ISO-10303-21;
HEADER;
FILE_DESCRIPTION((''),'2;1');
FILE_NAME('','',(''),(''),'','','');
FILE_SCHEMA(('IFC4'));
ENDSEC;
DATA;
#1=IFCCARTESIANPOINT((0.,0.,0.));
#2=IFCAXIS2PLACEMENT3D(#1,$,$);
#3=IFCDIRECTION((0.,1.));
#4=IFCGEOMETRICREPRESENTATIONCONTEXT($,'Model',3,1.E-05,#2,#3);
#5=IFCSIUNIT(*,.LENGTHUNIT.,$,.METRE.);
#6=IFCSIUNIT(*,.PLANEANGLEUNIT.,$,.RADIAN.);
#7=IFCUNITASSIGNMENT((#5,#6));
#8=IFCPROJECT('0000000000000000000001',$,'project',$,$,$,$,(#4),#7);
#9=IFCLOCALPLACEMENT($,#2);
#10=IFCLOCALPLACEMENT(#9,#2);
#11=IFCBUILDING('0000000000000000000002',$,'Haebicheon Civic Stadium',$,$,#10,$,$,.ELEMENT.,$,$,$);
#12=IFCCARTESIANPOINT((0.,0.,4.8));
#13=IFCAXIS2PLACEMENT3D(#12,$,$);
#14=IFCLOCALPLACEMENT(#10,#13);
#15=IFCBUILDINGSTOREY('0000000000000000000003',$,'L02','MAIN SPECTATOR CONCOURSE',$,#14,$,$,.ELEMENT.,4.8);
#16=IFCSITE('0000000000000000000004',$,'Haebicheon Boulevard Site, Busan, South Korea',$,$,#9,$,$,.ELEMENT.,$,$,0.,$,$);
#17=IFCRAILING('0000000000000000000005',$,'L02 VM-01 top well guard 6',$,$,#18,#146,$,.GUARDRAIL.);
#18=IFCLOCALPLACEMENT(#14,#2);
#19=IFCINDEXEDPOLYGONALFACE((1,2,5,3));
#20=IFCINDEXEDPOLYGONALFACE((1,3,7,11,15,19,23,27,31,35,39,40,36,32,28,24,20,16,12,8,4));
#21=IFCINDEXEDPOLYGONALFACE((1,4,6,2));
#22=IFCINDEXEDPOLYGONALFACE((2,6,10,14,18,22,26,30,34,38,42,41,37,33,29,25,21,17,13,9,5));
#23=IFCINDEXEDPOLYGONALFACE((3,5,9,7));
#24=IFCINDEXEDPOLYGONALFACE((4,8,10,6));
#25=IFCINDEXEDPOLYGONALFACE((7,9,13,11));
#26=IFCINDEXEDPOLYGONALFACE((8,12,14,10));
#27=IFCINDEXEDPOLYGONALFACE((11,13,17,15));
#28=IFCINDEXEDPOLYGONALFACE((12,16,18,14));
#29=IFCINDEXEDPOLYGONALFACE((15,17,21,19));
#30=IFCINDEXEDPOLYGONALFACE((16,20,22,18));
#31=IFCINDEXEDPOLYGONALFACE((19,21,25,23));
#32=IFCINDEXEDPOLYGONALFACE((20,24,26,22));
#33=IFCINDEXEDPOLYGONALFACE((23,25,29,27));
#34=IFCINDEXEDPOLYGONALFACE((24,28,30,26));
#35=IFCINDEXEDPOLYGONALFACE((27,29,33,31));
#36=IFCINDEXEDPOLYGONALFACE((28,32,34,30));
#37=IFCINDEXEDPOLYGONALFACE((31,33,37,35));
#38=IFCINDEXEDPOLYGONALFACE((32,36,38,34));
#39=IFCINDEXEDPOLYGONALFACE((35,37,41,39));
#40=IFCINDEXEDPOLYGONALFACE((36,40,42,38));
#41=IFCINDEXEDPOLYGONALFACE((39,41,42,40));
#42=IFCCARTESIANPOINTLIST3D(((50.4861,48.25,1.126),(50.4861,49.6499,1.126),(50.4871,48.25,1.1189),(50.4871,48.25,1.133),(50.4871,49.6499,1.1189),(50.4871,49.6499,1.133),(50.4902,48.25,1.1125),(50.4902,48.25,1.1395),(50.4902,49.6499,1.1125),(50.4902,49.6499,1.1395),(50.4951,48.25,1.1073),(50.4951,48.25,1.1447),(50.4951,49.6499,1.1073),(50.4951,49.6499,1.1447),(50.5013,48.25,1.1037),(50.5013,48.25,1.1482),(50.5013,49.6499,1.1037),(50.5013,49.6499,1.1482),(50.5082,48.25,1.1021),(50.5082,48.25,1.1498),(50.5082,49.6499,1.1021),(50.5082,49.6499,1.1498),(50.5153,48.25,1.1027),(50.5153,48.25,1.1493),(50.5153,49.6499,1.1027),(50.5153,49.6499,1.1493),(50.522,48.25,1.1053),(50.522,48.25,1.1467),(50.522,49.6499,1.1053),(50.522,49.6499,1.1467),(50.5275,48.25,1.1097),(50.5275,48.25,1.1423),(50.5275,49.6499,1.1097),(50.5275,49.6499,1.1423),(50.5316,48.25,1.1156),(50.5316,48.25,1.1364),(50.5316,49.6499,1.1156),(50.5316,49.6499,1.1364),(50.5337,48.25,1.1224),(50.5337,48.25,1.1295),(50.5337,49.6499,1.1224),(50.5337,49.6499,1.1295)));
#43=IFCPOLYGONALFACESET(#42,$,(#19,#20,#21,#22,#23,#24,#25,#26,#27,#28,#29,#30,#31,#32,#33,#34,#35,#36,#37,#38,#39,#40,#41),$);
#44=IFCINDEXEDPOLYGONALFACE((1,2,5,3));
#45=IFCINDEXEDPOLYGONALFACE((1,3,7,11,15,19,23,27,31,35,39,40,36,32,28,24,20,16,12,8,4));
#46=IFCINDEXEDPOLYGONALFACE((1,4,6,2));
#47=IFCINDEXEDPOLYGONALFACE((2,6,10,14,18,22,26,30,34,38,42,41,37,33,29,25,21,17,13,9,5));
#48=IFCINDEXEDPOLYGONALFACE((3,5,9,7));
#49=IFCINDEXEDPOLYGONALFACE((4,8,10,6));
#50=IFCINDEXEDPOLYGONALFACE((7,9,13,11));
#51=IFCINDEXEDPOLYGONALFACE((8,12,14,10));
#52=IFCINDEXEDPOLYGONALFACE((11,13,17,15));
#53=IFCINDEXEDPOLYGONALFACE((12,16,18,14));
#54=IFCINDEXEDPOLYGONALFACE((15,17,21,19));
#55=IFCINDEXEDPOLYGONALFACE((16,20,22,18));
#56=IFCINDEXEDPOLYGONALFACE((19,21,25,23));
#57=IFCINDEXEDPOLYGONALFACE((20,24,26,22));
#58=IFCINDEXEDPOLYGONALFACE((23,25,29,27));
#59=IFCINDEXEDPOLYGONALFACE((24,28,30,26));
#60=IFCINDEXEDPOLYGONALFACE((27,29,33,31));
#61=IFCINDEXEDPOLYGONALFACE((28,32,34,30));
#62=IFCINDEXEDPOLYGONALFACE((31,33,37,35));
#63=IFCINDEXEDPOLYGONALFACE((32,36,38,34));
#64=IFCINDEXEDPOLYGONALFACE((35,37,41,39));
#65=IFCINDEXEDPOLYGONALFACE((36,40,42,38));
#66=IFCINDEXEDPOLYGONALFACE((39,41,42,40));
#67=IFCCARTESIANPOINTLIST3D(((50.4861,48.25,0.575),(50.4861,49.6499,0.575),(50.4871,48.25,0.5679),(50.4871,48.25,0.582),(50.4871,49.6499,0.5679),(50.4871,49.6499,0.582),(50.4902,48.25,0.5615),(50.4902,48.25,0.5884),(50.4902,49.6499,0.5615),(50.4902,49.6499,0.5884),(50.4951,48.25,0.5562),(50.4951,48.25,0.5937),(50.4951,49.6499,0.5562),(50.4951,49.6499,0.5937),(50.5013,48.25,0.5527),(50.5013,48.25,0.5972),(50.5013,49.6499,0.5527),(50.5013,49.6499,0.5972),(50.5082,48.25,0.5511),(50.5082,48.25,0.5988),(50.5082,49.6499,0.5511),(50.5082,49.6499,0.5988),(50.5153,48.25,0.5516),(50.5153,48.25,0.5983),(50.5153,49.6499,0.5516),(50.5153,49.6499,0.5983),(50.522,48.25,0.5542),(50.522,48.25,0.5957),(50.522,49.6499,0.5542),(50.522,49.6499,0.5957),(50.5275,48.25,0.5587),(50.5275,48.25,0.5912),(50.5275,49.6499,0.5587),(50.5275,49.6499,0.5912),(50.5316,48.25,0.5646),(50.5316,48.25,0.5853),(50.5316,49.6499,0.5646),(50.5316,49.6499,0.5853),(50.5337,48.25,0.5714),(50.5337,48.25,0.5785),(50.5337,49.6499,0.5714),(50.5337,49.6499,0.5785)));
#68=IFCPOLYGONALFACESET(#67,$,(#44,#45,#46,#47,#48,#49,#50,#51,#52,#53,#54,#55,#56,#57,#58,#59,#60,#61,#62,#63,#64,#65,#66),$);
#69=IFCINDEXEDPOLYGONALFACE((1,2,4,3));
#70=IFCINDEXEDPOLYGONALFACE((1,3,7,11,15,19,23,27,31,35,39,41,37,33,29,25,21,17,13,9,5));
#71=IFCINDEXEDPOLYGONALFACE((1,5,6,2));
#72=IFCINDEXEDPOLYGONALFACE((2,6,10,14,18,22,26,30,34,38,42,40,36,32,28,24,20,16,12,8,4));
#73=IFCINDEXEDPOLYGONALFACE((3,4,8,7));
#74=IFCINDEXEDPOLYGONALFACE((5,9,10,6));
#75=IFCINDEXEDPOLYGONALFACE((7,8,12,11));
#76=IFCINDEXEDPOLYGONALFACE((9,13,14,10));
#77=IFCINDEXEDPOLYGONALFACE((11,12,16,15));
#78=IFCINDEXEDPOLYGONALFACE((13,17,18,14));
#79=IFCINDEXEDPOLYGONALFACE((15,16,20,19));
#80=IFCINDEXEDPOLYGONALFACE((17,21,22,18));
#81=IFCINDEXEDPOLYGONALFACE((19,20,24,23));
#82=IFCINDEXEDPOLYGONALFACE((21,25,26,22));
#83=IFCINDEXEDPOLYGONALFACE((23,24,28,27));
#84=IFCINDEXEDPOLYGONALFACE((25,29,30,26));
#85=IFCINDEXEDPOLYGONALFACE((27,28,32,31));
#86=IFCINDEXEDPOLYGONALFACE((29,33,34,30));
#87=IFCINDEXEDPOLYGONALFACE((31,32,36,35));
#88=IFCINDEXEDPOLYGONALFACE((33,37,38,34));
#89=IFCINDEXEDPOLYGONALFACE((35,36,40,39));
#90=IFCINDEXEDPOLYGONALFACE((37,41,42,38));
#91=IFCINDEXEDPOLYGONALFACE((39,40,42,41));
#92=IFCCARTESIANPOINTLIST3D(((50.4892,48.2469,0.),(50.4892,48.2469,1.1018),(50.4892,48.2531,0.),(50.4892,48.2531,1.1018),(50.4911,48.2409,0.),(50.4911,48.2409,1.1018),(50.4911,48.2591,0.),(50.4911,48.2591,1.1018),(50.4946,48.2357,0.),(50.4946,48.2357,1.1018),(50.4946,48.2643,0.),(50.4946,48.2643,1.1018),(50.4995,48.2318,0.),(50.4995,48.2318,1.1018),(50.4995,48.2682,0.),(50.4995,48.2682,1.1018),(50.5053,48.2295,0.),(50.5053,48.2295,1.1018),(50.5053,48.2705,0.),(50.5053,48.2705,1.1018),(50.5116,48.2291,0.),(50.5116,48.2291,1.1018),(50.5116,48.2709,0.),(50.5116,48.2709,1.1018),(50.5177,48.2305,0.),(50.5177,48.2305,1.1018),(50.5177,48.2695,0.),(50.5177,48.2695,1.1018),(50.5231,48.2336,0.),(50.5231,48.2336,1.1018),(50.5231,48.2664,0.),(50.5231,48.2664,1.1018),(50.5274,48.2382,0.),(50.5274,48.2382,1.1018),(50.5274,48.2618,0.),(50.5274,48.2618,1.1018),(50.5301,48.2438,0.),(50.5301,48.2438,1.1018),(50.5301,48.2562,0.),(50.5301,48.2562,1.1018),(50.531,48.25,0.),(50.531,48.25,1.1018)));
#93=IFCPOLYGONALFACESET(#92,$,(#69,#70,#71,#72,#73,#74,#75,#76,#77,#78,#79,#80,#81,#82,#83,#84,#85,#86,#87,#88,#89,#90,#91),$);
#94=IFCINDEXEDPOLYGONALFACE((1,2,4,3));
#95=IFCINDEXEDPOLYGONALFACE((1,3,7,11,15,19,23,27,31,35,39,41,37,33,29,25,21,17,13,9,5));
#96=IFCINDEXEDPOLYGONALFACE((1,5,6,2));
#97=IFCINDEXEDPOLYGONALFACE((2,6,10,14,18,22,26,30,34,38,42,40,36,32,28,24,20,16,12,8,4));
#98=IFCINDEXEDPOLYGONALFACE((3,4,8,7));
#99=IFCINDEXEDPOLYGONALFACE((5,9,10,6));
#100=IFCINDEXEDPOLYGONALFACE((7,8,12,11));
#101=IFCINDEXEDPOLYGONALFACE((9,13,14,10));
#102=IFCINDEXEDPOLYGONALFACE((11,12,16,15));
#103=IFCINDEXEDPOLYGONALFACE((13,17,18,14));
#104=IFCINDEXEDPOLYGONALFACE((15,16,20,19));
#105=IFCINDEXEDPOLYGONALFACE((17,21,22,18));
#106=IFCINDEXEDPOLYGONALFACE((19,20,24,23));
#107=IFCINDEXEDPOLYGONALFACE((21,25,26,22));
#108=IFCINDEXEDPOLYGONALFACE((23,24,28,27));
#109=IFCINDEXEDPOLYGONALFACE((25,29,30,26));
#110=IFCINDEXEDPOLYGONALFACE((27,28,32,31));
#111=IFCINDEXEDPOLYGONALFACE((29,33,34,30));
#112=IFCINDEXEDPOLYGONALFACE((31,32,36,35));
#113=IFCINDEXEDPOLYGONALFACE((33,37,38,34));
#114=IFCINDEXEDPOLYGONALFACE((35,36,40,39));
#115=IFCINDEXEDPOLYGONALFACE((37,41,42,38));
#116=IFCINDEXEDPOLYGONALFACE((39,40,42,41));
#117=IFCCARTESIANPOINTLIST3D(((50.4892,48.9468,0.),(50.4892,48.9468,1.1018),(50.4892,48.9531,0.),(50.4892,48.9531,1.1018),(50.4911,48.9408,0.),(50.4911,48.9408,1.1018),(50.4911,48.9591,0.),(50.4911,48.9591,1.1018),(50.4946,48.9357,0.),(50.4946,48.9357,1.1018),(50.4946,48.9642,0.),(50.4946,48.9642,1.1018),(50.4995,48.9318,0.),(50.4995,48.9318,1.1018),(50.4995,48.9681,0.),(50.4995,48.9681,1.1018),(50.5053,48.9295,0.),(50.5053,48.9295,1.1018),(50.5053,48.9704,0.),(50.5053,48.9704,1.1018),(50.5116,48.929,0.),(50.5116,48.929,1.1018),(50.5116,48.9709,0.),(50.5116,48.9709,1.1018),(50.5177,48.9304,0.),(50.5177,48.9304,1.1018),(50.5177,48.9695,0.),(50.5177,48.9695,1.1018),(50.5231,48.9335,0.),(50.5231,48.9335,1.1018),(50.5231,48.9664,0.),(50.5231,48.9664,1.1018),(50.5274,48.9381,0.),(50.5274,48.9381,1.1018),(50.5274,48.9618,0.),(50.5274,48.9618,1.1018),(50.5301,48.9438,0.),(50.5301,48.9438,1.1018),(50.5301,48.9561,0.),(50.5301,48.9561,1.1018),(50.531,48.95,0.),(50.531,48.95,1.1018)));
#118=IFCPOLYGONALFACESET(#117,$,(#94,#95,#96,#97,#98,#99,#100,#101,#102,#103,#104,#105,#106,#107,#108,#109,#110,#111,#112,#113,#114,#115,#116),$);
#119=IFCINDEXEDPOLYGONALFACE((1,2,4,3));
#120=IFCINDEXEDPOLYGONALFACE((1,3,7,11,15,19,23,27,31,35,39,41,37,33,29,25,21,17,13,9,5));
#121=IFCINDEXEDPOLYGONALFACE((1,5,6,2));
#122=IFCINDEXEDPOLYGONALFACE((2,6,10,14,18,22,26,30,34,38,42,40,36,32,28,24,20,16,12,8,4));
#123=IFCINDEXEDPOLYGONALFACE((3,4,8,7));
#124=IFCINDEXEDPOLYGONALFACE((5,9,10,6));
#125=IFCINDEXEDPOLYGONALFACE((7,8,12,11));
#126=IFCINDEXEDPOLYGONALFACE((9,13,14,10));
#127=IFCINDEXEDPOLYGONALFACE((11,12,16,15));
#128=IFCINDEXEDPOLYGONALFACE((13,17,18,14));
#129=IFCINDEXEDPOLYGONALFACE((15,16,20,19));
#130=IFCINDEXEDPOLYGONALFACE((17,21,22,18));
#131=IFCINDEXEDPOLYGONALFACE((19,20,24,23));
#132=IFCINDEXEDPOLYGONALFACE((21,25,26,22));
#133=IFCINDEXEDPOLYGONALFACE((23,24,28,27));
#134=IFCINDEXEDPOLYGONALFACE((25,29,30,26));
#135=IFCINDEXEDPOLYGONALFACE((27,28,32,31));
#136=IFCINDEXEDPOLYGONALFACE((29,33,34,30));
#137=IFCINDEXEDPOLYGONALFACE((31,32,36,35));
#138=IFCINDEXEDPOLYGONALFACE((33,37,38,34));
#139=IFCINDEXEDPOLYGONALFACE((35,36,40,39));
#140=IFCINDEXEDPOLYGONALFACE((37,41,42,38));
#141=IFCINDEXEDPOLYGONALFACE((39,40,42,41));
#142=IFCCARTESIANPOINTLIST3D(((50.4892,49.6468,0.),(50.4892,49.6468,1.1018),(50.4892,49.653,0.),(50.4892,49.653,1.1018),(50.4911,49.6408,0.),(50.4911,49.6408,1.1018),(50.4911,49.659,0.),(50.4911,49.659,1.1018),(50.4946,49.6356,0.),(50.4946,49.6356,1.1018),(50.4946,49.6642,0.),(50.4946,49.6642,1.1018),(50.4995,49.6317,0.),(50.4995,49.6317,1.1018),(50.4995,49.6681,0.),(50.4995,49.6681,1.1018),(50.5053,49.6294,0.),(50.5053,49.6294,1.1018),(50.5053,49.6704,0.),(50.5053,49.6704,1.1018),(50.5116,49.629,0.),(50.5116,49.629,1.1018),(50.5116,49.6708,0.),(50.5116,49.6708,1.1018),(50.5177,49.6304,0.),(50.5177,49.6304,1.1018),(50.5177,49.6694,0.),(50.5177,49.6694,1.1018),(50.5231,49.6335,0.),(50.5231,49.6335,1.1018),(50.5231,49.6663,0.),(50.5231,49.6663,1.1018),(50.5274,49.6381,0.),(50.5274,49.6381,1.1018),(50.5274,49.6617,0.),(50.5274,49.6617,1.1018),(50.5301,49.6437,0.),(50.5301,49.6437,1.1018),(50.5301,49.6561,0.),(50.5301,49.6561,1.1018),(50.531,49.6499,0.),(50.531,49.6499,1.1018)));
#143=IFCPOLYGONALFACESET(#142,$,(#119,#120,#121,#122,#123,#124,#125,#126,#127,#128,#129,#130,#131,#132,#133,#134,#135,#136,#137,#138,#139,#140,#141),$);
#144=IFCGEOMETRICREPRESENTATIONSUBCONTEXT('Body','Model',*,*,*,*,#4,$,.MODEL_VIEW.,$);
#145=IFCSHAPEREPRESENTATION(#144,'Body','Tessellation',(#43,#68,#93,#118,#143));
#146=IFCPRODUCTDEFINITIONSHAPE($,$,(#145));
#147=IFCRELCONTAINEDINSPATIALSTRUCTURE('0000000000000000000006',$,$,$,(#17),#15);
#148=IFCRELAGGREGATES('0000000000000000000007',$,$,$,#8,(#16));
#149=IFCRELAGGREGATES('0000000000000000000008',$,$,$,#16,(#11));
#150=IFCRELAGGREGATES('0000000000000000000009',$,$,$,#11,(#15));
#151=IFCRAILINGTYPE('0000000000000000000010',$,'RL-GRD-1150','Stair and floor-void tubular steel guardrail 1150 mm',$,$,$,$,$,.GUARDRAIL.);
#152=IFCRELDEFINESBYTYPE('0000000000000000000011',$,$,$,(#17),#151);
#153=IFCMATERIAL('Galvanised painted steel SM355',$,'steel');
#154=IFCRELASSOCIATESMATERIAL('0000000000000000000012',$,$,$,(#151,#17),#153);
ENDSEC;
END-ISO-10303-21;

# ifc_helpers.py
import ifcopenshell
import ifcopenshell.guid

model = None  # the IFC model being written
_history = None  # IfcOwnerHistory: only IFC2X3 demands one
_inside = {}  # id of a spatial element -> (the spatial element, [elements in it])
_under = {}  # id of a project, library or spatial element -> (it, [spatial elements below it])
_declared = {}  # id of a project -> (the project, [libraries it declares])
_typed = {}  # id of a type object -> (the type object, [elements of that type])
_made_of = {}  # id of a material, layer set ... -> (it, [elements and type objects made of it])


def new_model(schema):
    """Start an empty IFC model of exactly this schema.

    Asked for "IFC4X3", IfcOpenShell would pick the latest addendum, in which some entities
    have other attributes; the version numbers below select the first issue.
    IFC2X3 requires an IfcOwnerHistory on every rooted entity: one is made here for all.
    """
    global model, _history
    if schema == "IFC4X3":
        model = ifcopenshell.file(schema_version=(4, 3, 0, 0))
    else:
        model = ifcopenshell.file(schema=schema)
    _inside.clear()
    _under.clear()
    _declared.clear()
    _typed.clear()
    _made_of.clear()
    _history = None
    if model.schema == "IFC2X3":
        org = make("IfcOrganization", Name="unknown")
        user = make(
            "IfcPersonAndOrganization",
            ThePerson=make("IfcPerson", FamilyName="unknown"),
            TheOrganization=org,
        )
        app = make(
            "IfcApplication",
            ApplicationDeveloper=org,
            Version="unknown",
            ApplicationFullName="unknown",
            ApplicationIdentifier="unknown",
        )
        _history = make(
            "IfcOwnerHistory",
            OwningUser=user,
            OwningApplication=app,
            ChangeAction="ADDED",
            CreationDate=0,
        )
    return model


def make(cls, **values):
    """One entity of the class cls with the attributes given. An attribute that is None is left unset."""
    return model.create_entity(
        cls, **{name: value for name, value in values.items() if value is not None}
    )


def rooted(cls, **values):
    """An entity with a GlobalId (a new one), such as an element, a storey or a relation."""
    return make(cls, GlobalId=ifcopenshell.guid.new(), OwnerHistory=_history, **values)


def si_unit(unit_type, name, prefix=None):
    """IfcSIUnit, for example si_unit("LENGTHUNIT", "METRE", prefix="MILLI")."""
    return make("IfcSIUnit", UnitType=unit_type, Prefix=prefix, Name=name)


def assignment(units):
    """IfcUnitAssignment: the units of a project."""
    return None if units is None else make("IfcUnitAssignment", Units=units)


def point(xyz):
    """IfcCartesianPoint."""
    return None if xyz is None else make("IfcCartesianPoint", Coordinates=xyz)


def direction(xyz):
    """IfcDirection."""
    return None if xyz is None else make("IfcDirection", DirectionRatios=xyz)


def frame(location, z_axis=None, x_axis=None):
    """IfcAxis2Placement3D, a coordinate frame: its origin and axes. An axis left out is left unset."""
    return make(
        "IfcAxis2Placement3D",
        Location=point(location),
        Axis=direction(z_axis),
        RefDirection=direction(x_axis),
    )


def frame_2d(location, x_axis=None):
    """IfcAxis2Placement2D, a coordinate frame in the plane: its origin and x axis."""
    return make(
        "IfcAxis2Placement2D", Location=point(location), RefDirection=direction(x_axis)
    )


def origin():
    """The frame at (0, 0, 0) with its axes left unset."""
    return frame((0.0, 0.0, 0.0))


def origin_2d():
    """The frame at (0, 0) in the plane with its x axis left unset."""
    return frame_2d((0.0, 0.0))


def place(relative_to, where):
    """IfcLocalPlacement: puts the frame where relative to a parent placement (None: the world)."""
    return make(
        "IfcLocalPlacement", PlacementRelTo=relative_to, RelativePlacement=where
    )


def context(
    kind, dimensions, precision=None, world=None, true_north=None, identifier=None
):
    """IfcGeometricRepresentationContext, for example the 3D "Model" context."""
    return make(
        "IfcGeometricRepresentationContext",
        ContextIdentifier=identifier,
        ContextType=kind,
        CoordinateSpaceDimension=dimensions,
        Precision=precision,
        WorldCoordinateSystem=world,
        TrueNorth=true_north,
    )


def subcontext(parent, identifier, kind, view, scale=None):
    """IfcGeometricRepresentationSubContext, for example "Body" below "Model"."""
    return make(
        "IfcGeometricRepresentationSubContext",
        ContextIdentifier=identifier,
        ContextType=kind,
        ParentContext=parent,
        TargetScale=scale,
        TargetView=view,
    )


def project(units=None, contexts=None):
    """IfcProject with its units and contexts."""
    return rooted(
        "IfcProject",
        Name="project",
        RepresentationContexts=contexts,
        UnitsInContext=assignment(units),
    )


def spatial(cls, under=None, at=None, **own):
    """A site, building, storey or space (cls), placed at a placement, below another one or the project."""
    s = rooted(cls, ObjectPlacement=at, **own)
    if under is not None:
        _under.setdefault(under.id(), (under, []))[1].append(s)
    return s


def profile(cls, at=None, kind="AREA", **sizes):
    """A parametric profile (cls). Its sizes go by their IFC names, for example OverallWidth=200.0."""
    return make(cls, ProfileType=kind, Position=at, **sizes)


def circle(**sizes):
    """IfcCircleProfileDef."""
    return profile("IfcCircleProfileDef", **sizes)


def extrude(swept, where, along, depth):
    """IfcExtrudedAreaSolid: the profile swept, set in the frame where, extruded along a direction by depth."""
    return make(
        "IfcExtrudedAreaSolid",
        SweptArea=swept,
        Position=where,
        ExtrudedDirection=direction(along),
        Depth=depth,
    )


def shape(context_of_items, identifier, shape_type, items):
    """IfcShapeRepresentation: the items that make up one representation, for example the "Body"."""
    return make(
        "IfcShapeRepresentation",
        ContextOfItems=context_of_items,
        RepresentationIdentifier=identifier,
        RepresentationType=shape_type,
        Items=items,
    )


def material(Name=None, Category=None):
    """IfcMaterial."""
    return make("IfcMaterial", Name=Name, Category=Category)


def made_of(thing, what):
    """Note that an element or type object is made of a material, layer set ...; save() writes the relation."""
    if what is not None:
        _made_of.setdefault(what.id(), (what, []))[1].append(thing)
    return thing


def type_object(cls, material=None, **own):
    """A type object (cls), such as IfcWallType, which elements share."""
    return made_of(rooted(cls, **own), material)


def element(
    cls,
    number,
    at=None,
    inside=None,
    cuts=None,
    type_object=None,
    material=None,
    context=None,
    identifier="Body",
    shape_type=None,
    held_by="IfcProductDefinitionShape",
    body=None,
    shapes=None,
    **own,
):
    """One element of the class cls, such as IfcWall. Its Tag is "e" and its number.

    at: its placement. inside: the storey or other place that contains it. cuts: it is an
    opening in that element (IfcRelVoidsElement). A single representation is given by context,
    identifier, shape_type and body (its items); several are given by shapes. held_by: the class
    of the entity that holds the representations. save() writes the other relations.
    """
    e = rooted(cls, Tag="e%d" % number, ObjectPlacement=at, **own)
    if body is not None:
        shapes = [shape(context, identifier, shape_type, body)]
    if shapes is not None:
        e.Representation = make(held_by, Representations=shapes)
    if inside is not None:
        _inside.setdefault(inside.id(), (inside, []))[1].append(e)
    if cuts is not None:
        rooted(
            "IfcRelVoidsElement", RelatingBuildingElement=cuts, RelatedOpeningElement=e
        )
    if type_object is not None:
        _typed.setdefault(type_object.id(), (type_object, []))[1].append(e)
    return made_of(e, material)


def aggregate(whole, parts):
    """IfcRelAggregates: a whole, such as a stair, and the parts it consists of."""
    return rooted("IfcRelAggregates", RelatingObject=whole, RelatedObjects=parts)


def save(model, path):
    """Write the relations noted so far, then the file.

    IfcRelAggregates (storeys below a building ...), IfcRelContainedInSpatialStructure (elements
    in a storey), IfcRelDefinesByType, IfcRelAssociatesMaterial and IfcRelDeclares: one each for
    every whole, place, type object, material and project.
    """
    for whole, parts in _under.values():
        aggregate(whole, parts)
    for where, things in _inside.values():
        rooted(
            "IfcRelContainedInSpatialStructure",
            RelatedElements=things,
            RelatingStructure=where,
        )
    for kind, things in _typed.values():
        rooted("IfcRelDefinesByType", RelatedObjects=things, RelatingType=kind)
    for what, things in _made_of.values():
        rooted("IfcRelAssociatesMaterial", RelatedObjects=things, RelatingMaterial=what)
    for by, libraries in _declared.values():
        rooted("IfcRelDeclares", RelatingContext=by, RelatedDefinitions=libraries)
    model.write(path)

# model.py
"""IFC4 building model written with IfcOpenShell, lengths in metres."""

from ifc_helpers import new_model, si_unit, direction, frame, origin, origin_2d, place, context, subcontext, project, spatial, circle, extrude, material, type_object, element, save


model = new_model("IFC4")

# Units and contexts
model_context = context("Model", 3, precision=1e-05, world=origin(), true_north=direction((0.0, 1.0)))
body_context = subcontext(model_context, "Body", "Model", "MODEL_VIEW")
ifc_project = project(units=[si_unit("LENGTHUNIT", "METRE"), si_unit("PLANEANGLEUNIT", "RADIAN")], contexts=[model_context])

# Site, building, storey
site_placement = place(None, origin())
site = spatial("IfcSite", under=ifc_project, at=site_placement, Name="Haebicheon Boulevard Site, Busan, South Korea", CompositionType="ELEMENT", RefElevation=0.0)
building_placement = place(site_placement, origin())
building = spatial("IfcBuilding", under=site, at=building_placement, Name="Haebicheon Civic Stadium", CompositionType="ELEMENT")
storey_placement = place(building_placement, frame((0.0, 0.0, 4.8)))
storey = spatial("IfcBuildingStorey", under=building, at=storey_placement, Name="L02", Description="MAIN SPECTATOR CONCOURSE", CompositionType="ELEMENT", Elevation=4.8)

# Railing
ifc_material_1 = material(Name="Galvanised painted steel SM355", Category="steel")
railing_type_1 = type_object("IfcRailingType", Name="RL-GRD-1150", Description="Stair and floor-void tubular steel guardrail 1150 mm", PredefinedType="GUARDRAIL", material=ifc_material_1)
for number, where, name in (
    (1, (50.51, 48.25, 0.0), "L02 VM-01 top well guard 6"),
):
    element("IfcRailing", number, at=place(storey_placement, frame(where)), inside=storey, type_object=railing_type_1, material=ifc_material_1, Name=name, PredefinedType="GUARDRAIL", context=body_context, shape_type="SweptSolid", body=[
        extrude(circle(Radius=0.0239, at=origin_2d()), frame((0.0, 0.0, 1.126), z_axis=(0.0, 1.0, 0.0), x_axis=(-1.0, 0.0, 0.0)), (0.0, 0.0, 1.0), 1.3999),
        extrude(circle(Radius=0.0239, at=origin_2d()), frame((0.0, 0.0, 0.575), z_axis=(0.0, 1.0, 0.0), x_axis=(-1.0, 0.0, 0.0)), (0.0, 0.0, 1.0), 1.3999),
        extrude(circle(Radius=0.021, at=origin_2d()), origin(), (0.0, 0.0, 1.0), 1.1018),
        extrude(circle(Radius=0.021, at=origin_2d()), frame((0.0, 0.7, 0.0)), (0.0, 0.0, 1.0), 1.1018),
        extrude(circle(Radius=0.021, at=origin_2d()), frame((0.0, 1.3999, 0.0)), (0.0, 0.0, 1.0), 1.1018),
    ])

save(model, "model.ifc")
